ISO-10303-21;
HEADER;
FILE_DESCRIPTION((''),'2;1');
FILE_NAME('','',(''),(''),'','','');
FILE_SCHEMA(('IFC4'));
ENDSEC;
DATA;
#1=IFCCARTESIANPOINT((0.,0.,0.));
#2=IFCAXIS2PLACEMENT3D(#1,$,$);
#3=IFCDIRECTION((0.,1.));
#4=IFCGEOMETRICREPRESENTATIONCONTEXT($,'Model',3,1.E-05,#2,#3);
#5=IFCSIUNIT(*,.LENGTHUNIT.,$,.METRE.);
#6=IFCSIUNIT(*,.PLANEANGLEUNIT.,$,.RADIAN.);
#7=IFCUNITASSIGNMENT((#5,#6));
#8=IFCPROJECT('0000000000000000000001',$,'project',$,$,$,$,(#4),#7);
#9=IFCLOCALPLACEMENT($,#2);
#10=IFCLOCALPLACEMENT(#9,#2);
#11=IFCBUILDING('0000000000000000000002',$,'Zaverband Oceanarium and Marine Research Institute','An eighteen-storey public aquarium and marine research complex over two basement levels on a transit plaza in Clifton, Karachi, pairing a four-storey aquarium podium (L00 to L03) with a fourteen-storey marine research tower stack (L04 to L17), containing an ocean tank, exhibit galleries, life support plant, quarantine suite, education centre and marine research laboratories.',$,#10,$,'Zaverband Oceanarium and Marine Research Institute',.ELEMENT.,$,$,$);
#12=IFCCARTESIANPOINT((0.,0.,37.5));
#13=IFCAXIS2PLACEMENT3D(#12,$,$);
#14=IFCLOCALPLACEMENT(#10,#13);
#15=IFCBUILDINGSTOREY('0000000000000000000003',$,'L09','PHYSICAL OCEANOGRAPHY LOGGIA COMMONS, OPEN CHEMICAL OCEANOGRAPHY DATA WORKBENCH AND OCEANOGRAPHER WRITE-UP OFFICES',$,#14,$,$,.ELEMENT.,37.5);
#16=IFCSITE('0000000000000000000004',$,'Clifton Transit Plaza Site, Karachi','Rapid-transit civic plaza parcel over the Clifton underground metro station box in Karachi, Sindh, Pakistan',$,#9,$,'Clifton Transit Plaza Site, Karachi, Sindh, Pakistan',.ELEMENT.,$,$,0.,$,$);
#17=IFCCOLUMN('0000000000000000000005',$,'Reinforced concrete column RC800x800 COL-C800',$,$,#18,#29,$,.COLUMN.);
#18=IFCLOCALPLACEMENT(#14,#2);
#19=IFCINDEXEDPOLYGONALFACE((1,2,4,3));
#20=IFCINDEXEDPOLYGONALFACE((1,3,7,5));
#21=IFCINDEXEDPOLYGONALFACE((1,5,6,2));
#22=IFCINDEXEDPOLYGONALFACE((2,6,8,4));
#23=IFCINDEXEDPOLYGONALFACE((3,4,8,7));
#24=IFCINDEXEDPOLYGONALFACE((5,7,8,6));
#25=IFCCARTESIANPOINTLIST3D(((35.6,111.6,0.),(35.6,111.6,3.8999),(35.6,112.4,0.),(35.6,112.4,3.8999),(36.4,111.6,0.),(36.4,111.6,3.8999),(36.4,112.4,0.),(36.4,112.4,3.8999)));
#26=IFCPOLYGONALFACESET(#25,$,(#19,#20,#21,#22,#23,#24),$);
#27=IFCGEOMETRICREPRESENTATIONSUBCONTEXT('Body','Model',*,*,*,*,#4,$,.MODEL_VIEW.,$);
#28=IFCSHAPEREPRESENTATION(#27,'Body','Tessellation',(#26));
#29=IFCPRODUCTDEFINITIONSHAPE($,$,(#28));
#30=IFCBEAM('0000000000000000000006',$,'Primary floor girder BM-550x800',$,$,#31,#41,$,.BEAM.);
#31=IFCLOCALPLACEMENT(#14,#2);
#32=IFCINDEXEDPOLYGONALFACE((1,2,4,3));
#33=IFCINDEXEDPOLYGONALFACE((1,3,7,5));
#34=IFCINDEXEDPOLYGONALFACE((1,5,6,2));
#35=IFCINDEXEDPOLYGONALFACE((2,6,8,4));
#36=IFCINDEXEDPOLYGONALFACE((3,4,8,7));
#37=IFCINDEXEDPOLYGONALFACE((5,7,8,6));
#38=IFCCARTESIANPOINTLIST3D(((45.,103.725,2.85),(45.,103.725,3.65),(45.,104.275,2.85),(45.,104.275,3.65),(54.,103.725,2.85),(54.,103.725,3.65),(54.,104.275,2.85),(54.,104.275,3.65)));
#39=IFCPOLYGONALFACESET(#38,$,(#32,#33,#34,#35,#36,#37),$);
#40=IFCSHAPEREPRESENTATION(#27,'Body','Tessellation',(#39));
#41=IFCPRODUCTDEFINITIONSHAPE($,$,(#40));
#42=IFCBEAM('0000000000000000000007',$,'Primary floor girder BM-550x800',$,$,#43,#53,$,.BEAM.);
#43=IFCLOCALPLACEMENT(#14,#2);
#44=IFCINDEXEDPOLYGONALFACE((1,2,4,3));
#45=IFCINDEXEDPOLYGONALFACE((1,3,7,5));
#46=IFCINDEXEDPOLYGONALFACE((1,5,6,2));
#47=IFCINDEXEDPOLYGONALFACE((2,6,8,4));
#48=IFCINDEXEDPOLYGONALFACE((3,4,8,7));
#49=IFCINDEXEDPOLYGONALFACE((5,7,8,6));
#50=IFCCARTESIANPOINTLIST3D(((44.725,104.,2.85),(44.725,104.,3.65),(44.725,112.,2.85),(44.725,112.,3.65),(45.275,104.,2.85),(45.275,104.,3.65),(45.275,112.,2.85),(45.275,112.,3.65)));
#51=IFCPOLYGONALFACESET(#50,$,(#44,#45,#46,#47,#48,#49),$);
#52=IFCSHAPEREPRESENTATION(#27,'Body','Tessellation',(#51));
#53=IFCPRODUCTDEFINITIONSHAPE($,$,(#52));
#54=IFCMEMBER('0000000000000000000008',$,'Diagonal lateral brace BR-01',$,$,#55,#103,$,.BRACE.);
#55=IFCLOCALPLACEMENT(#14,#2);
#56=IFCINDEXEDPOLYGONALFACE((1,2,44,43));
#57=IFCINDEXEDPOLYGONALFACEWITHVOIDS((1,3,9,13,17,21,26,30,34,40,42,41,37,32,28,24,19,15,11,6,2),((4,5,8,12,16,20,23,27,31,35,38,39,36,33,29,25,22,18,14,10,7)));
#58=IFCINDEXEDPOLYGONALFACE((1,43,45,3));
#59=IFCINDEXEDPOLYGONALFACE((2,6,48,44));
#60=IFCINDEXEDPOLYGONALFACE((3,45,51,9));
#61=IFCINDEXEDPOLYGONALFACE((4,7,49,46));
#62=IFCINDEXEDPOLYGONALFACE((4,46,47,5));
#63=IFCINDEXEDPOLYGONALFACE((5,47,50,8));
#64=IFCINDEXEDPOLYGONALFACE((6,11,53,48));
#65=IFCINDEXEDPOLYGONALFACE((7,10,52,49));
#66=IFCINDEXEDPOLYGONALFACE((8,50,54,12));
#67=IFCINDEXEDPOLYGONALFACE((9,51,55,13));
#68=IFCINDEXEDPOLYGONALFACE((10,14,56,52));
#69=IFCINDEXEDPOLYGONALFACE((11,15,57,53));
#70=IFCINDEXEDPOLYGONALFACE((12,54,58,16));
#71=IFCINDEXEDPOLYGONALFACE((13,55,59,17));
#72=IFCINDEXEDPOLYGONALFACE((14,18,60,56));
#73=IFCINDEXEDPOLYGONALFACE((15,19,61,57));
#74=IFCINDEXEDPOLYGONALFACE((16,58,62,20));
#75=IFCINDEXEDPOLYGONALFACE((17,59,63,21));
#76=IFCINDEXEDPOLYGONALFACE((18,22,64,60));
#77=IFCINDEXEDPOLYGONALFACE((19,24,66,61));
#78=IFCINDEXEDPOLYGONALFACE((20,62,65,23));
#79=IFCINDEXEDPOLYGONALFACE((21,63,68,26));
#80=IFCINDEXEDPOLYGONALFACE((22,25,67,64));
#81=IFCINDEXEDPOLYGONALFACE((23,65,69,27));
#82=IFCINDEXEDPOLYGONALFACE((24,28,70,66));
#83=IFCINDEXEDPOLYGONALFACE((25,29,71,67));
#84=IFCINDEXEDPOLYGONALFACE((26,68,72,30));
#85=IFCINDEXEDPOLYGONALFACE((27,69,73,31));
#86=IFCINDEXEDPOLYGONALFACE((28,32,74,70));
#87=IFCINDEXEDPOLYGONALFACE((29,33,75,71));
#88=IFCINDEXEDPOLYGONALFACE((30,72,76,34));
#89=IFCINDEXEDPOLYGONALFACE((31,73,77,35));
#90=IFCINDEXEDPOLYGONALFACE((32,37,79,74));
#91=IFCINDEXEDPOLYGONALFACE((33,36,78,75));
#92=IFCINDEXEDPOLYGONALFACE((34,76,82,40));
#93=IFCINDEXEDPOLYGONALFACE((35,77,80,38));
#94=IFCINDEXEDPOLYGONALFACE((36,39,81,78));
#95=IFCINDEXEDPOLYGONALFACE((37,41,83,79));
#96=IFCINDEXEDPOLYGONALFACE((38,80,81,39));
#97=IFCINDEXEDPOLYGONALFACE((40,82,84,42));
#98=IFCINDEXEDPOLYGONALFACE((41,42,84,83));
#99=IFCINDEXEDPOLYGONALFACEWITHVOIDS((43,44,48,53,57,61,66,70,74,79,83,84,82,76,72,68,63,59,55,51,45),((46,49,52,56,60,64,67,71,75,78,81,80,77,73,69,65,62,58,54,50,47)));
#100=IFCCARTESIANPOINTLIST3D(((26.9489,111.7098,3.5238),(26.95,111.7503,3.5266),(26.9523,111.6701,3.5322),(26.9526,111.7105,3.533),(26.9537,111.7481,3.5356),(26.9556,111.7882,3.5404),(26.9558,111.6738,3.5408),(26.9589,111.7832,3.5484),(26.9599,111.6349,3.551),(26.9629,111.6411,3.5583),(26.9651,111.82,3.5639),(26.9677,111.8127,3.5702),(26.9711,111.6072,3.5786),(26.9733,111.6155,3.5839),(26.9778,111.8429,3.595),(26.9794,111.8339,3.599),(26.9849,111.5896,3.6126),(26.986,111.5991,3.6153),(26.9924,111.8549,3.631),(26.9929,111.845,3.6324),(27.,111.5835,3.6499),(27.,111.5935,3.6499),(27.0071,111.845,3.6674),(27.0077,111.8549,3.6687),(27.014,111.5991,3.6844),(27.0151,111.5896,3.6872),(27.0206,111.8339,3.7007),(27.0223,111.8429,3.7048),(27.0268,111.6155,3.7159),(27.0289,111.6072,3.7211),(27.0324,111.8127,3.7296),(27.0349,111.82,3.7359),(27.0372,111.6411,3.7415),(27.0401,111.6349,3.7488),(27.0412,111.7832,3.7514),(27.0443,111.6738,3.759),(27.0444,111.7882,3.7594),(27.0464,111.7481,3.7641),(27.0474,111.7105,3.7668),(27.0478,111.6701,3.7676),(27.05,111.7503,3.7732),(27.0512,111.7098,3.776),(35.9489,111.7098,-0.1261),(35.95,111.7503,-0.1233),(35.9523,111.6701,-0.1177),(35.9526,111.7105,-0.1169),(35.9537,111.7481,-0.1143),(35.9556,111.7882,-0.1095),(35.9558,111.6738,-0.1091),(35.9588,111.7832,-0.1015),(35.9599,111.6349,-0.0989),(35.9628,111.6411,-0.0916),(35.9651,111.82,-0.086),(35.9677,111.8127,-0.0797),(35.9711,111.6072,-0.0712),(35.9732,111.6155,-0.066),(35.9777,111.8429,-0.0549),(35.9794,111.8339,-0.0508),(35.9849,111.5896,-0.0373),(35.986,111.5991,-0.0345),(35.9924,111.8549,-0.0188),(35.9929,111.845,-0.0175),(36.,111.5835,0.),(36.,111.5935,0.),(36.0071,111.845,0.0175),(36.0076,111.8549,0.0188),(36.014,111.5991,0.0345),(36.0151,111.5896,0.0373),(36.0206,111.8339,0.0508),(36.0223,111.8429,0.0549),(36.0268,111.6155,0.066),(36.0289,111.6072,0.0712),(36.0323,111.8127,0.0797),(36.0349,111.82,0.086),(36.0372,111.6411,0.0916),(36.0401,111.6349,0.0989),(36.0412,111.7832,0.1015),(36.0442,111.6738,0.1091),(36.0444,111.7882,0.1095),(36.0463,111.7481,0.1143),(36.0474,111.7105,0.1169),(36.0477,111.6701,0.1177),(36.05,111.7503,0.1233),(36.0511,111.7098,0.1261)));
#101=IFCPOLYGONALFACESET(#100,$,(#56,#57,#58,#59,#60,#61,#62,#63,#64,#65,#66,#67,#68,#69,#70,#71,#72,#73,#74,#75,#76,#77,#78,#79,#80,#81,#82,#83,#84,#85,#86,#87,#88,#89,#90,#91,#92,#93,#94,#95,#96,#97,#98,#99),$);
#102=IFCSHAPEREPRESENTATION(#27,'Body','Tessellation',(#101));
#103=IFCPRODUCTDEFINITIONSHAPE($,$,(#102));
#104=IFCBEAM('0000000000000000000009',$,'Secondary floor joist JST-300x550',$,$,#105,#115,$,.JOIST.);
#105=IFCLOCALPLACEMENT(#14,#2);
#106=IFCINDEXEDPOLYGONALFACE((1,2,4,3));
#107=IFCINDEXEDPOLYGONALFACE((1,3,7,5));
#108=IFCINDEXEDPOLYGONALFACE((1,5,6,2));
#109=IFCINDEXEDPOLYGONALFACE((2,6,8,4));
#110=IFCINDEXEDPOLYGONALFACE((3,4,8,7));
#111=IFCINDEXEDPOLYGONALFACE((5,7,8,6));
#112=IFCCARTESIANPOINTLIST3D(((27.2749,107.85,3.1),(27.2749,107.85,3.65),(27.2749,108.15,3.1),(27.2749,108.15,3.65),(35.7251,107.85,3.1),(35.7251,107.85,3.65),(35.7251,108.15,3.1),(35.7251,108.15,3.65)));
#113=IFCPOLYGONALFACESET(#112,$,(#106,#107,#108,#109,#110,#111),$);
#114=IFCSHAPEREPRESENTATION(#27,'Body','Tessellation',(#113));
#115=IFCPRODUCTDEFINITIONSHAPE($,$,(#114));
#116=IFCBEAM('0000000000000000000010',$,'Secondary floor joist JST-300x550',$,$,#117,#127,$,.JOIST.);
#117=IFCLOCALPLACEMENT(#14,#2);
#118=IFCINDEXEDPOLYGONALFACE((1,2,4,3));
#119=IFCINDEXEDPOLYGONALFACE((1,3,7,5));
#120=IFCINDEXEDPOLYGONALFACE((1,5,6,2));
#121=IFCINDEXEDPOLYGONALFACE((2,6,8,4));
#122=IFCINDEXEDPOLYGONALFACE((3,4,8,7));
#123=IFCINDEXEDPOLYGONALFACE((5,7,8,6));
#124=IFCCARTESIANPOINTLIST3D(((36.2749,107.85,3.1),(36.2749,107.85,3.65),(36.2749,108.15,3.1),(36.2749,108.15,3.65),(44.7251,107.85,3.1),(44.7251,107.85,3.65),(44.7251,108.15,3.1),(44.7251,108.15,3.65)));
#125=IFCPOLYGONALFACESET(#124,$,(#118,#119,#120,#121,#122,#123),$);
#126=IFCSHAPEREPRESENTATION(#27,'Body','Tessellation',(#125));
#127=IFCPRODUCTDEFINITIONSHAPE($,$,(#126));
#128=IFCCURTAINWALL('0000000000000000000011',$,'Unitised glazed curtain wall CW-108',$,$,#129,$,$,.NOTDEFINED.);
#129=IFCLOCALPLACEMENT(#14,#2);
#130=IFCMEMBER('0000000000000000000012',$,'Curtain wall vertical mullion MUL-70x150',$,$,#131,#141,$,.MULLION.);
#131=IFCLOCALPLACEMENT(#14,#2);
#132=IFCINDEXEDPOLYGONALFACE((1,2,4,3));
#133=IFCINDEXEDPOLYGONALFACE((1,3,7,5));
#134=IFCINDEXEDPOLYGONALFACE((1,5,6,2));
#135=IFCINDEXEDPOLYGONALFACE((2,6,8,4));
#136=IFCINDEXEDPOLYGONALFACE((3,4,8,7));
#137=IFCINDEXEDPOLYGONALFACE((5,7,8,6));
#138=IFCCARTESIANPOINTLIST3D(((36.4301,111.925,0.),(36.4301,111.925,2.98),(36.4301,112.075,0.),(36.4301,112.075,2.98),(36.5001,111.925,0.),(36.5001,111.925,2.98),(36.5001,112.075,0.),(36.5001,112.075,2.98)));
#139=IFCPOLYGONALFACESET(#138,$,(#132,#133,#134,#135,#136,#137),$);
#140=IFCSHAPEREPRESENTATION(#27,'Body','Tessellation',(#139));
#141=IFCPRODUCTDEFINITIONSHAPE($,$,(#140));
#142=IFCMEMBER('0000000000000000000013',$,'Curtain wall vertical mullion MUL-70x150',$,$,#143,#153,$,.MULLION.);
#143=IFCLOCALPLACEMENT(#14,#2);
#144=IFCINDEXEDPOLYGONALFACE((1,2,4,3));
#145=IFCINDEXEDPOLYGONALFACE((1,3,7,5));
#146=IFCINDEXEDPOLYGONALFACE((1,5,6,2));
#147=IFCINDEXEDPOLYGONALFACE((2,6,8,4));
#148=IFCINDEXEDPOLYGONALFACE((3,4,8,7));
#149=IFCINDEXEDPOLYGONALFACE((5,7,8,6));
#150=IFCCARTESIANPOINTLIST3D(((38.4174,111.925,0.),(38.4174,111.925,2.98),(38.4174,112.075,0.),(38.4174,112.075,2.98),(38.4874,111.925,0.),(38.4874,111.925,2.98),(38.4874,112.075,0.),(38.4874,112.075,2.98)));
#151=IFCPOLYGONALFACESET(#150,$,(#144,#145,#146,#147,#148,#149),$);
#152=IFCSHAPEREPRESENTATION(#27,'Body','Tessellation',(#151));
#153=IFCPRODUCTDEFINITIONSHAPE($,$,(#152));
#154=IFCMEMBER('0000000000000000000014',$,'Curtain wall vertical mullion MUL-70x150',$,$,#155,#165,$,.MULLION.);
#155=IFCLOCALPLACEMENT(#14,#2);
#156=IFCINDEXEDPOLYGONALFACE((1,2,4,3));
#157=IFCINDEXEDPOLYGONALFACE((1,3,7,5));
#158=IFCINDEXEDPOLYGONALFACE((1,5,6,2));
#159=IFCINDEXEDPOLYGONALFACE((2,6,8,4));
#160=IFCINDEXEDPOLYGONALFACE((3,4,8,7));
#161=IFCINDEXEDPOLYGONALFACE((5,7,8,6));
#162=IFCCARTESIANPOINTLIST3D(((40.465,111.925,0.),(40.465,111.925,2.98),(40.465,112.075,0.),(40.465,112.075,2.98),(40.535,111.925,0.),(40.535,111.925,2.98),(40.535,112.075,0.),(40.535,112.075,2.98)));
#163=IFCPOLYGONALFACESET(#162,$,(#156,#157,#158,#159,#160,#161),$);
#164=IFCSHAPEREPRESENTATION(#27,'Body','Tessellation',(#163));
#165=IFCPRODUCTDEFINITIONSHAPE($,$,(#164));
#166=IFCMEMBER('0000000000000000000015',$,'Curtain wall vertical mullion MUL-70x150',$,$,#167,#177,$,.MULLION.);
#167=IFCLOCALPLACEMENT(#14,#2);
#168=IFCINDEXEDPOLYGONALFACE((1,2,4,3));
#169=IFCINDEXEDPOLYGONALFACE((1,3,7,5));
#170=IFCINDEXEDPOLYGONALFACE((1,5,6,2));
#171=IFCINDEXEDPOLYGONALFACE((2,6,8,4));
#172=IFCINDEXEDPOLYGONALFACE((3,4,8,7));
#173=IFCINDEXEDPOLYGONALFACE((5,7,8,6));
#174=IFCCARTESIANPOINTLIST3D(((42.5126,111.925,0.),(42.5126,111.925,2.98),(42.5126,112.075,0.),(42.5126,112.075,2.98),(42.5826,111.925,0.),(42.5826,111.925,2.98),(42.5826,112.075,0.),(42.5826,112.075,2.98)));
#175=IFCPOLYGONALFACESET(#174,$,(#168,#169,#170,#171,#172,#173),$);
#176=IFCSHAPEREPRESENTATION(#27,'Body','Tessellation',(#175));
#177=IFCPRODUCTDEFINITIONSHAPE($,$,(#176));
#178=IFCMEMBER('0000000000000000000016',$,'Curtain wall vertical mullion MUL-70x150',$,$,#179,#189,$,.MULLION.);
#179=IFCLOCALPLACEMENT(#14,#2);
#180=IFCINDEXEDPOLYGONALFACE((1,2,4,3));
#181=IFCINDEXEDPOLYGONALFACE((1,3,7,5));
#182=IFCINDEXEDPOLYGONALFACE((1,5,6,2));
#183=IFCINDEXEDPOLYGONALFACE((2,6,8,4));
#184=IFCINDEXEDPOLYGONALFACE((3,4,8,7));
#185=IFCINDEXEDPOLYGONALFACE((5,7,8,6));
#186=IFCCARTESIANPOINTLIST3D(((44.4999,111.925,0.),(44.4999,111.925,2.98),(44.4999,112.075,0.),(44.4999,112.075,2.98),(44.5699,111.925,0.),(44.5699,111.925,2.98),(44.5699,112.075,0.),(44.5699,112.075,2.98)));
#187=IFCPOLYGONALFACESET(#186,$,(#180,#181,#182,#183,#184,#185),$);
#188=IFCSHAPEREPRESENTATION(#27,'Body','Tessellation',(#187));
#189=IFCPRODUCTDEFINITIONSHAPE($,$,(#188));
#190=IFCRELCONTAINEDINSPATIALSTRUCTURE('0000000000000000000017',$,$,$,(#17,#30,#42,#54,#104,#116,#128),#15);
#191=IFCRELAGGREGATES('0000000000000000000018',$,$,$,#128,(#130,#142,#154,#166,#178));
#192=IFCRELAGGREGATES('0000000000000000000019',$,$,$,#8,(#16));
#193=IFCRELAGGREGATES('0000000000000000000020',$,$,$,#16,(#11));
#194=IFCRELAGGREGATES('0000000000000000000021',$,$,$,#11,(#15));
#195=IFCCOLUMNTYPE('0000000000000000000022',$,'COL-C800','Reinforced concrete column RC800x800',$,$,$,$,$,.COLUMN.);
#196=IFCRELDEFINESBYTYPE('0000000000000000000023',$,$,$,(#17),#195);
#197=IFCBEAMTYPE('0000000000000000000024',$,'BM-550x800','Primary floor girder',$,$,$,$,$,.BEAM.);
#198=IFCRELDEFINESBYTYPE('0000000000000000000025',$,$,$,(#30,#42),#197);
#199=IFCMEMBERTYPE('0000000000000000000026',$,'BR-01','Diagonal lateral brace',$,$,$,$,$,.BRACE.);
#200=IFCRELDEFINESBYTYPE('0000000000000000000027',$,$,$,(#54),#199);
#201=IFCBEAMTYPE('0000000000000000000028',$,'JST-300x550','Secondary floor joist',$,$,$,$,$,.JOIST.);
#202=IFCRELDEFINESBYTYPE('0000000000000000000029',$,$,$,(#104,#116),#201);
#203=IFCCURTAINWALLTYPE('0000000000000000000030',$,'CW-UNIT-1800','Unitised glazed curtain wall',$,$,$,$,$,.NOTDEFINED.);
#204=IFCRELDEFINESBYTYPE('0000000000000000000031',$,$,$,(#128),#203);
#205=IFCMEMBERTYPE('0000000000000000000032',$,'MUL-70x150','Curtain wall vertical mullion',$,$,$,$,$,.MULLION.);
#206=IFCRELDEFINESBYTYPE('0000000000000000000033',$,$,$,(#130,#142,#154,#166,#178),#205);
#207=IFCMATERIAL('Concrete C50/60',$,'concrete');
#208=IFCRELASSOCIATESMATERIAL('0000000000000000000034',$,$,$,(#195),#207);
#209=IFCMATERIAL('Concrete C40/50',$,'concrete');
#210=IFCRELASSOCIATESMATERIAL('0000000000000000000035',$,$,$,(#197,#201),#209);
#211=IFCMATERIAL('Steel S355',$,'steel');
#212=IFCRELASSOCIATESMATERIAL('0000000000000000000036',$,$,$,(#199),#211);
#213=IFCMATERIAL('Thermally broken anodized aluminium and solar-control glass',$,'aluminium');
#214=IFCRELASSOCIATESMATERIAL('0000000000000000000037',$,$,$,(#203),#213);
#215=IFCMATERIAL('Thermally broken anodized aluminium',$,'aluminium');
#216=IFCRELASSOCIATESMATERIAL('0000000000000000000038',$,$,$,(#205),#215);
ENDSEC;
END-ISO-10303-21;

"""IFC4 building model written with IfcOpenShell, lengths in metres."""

from ifc_helpers import new_model, si_unit, direction, frame, origin, origin_2d, place, context, subcontext, project, spatial, rectangle, hollow_circle, extrude, material, material_profile, profile_set, type_object, element, aggregate, save


model = new_model("IFC4")

# Units and contexts
model_context = context("Model", 3, precision=1e-05, world=origin(), true_north=direction((0.0, 1.0)))
body_context = subcontext(model_context, "Body", "Model", "MODEL_VIEW")
ifc_project = project(units=[si_unit("LENGTHUNIT", "METRE"), si_unit("PLANEANGLEUNIT", "RADIAN")], contexts=[model_context])

# Site, building, storey
site_placement = place(None, origin())
site = spatial("IfcSite", under=ifc_project, at=site_placement, Name="Clifton Transit Plaza Site, Karachi", Description="Rapid-transit civic plaza parcel over the Clifton underground metro station box in Karachi, Sindh, Pakistan", LongName="Clifton Transit Plaza Site, Karachi, Sindh, Pakistan", CompositionType="ELEMENT", RefElevation=0.0)
building_placement = place(site_placement, origin())
building = spatial("IfcBuilding", under=site, at=building_placement, Name="Zaverband Oceanarium and Marine Research Institute", Description="An eighteen-storey public aquarium and marine research complex over two basement levels on a transit plaza in Clifton, Karachi, pairing a four-storey aquarium podium (L00 to L03) with a fourteen-storey marine research tower stack (L04 to L17), containing an ocean tank, exhibit galleries, life support plant, quarantine suite, education centre and marine research laboratories.", LongName="Zaverband Oceanarium and Marine Research Institute", CompositionType="ELEMENT")
storey_placement = place(building_placement, frame((0.0, 0.0, 37.5)))
storey = spatial("IfcBuildingStorey", under=building, at=storey_placement, Name="L09", Description="PHYSICAL OCEANOGRAPHY LOGGIA COMMONS, OPEN CHEMICAL OCEANOGRAPHY DATA WORKBENCH AND OCEANOGRAPHER WRITE-UP OFFICES", CompositionType="ELEMENT", Elevation=37.5)

# Column
ifc_material_1 = material(Name="Concrete C50/60", Category="concrete")
ifc_material_profile_1 = material_profile(ifc_material_1, rectangle(XDim=0.8, YDim=0.8, at=origin_2d()), Name="RC800x800")
ifc_profile_set_1 = profile_set([ifc_material_profile_1], Name="Concrete C50/60")
column_type = type_object("IfcColumnType", Name="COL-C800", Description="Reinforced concrete column RC800x800", PredefinedType="COLUMN", material=ifc_profile_set_1)
column_placement = place(storey_placement, frame((36.0, 112.0, 0.0), z_axis=(0.0, 0.0, 1.0), x_axis=(1.0, 0.0, 0.0)))
element("IfcColumn", 1, at=column_placement, inside=storey, type_object=column_type, Name="Reinforced concrete column RC800x800 COL-C800", PredefinedType="COLUMN", context=body_context, shape_type="SweptSolid", body=[
    extrude(rectangle(XDim=0.8, YDim=0.8, at=origin_2d()), origin(), (0.0, 0.0, 1.0), 3.8999),
])

# Beams
ifc_material_2 = material(Name="Concrete C40/50", Category="concrete")
ifc_material_profile_2 = material_profile(ifc_material_2, rectangle(XDim=0.55, YDim=0.8, at=origin_2d()), Name="RC550x800")
ifc_profile_set_2 = profile_set([ifc_material_profile_2], Name="Concrete C40/50")
beam_type_1 = type_object("IfcBeamType", Name="BM-550x800", Description="Primary floor girder", PredefinedType="BEAM", material=ifc_profile_set_2)
beam_1_placement = place(storey_placement, frame((45.0, 104.0, 3.25), z_axis=(1.0, 0.0, 0.0), x_axis=(0.0, 1.0, 0.0)))
element("IfcBeam", 2, at=beam_1_placement, inside=storey, type_object=beam_type_1, Name="Primary floor girder BM-550x800", PredefinedType="BEAM", context=body_context, shape_type="SweptSolid", body=[
    extrude(rectangle(XDim=0.55, YDim=0.8, at=origin_2d()), origin(), (0.0, 0.0, 1.0), 9.0),
])
beam_2_placement = place(storey_placement, frame((45.0, 104.0, 3.25), z_axis=(0.0, 1.0, 0.0), x_axis=(-1.0, 0.0, 0.0)))
element("IfcBeam", 3, at=beam_2_placement, inside=storey, type_object=beam_type_1, Name="Primary floor girder BM-550x800", PredefinedType="BEAM", context=body_context, shape_type="SweptSolid", body=[
    extrude(rectangle(XDim=0.55, YDim=0.8, at=origin_2d()), origin(), (0.0, 0.0, 1.0), 8.0),
])

# Member
ifc_material_3 = material(Name="Steel S355", Category="steel")
ifc_material_profile_3 = material_profile(ifc_material_3, hollow_circle(Radius=0.1365, WallThickness=0.01, at=origin_2d()), Name="CHS273x10")
ifc_profile_set_3 = profile_set([ifc_material_profile_3], Name="Steel S355")
member_type_1 = type_object("IfcMemberType", Name="BR-01", Description="Diagonal lateral brace", PredefinedType="BRACE", material=ifc_profile_set_3)
member_1_placement = place(storey_placement, frame((36.0, 111.72, 0.0), z_axis=(-0.926694, 0.0, 0.375816), x_axis=(0.0, -1.0, 0.0)))
element("IfcMember", 4, at=member_1_placement, inside=storey, type_object=member_type_1, Name="Diagonal lateral brace BR-01", PredefinedType="BRACE", context=body_context, shape_type="SweptSolid", body=[
    extrude(hollow_circle(Radius=0.1365, WallThickness=0.01, at=origin_2d()), origin(), (0.0, 0.0, 1.0), 9.7119),
])

# Beams
ifc_material_profile_4 = material_profile(ifc_material_2, rectangle(XDim=0.3, YDim=0.55, at=origin_2d()), Name="RC300x550")
ifc_profile_set_4 = profile_set([ifc_material_profile_4], Name="Concrete C40/50")
beam_type_2 = type_object("IfcBeamType", Name="JST-300x550", Description="Secondary floor joist", PredefinedType="JOIST", material=ifc_profile_set_4)
for number, where, z_axis, x_axis, name in (
    (5, (27.2749, 108.0, 3.375), (1.0, 0.0, 0.0), (0.0, 1.0, 0.0), "Secondary floor joist JST-300x550"),
    (6, (36.2749, 108.0, 3.375), (1.0, 0.0, 0.0), (0.0, 1.0, 0.0), "Secondary floor joist JST-300x550"),
):
    element("IfcBeam", number, at=place(storey_placement, frame(where, z_axis=z_axis, x_axis=x_axis)), inside=storey, type_object=beam_type_2, Name=name, PredefinedType="JOIST", context=body_context, shape_type="SweptSolid", body=[
        extrude(rectangle(XDim=0.3, YDim=0.55, at=origin_2d()), origin(), (0.0, 0.0, 1.0), 8.4502),
    ])

# Curtain wall, members
ifc_material_4 = material(Name="Thermally broken anodized aluminium and solar-control glass", Category="aluminium")
curtain_wall_type = type_object("IfcCurtainWallType", Name="CW-UNIT-1800", Description="Unitised glazed curtain wall", PredefinedType="NOTDEFINED", material=ifc_material_4)
curtain_wall_placement = place(storey_placement, origin())
curtain_wall = element("IfcCurtainWall", 7, at=curtain_wall_placement, inside=storey, type_object=curtain_wall_type, Name="Unitised glazed curtain wall CW-108", PredefinedType="NOTDEFINED")
ifc_material_5 = material(Name="Thermally broken anodized aluminium", Category="aluminium")
ifc_material_profile_5 = material_profile(ifc_material_5, rectangle(XDim=0.0701, YDim=0.1499, at=origin_2d()), Name="AL-MUL-70x150")
ifc_profile_set_5 = profile_set([ifc_material_profile_5], Name="Thermally broken anodized aluminium")
member_type_2 = type_object("IfcMemberType", Name="MUL-70x150", Description="Curtain wall vertical mullion", PredefinedType="MULLION", material=ifc_profile_set_5)
member_2_placement = place(storey_placement, frame((36.4651, 112.0, 0.0), z_axis=(0.0, 0.0, 1.0), x_axis=(1.0, 0.0, 0.0)))
member_2 = element("IfcMember", 8, at=member_2_placement, type_object=member_type_2, Name="Curtain wall vertical mullion MUL-70x150", PredefinedType="MULLION", context=body_context, shape_type="SweptSolid", body=[
    extrude(rectangle(XDim=0.0701, YDim=0.1499, at=origin_2d()), origin(), (0.0, 0.0, 1.0), 2.98),
])
member_3_placement = place(storey_placement, frame((38.4524, 112.0, 0.0), z_axis=(0.0, 0.0, 1.0), x_axis=(1.0, 0.0, 0.0)))
member_3 = element("IfcMember", 9, at=member_3_placement, type_object=member_type_2, Name="Curtain wall vertical mullion MUL-70x150", PredefinedType="MULLION", context=body_context, shape_type="SweptSolid", body=[
    extrude(rectangle(XDim=0.0701, YDim=0.1499, at=origin_2d()), origin(), (0.0, 0.0, 1.0), 2.98),
])
member_4_placement = place(storey_placement, frame((40.5, 112.0, 0.0), z_axis=(0.0, 0.0, 1.0), x_axis=(1.0, 0.0, 0.0)))
member_4 = element("IfcMember", 10, at=member_4_placement, type_object=member_type_2, Name="Curtain wall vertical mullion MUL-70x150", PredefinedType="MULLION", context=body_context, shape_type="SweptSolid", body=[
    extrude(rectangle(XDim=0.0701, YDim=0.1499, at=origin_2d()), origin(), (0.0, 0.0, 1.0), 2.98),
])
member_5_placement = place(storey_placement, frame((42.5476, 112.0, 0.0), z_axis=(0.0, 0.0, 1.0), x_axis=(1.0, 0.0, 0.0)))
member_5 = element("IfcMember", 11, at=member_5_placement, type_object=member_type_2, Name="Curtain wall vertical mullion MUL-70x150", PredefinedType="MULLION", context=body_context, shape_type="SweptSolid", body=[
    extrude(rectangle(XDim=0.0701, YDim=0.1499, at=origin_2d()), origin(), (0.0, 0.0, 1.0), 2.98),
])
member_6_placement = place(storey_placement, frame((44.5349, 112.0, 0.0), z_axis=(0.0, 0.0, 1.0), x_axis=(1.0, 0.0, 0.0)))
member_6 = element("IfcMember", 12, at=member_6_placement, type_object=member_type_2, Name="Curtain wall vertical mullion MUL-70x150", PredefinedType="MULLION", context=body_context, shape_type="SweptSolid", body=[
    extrude(rectangle(XDim=0.0701, YDim=0.1499, at=origin_2d()), origin(), (0.0, 0.0, 1.0), 2.98),
])

aggregate(curtain_wall, [member_2, member_3, member_4, member_5, member_6])

save(model, "model.ifc")
